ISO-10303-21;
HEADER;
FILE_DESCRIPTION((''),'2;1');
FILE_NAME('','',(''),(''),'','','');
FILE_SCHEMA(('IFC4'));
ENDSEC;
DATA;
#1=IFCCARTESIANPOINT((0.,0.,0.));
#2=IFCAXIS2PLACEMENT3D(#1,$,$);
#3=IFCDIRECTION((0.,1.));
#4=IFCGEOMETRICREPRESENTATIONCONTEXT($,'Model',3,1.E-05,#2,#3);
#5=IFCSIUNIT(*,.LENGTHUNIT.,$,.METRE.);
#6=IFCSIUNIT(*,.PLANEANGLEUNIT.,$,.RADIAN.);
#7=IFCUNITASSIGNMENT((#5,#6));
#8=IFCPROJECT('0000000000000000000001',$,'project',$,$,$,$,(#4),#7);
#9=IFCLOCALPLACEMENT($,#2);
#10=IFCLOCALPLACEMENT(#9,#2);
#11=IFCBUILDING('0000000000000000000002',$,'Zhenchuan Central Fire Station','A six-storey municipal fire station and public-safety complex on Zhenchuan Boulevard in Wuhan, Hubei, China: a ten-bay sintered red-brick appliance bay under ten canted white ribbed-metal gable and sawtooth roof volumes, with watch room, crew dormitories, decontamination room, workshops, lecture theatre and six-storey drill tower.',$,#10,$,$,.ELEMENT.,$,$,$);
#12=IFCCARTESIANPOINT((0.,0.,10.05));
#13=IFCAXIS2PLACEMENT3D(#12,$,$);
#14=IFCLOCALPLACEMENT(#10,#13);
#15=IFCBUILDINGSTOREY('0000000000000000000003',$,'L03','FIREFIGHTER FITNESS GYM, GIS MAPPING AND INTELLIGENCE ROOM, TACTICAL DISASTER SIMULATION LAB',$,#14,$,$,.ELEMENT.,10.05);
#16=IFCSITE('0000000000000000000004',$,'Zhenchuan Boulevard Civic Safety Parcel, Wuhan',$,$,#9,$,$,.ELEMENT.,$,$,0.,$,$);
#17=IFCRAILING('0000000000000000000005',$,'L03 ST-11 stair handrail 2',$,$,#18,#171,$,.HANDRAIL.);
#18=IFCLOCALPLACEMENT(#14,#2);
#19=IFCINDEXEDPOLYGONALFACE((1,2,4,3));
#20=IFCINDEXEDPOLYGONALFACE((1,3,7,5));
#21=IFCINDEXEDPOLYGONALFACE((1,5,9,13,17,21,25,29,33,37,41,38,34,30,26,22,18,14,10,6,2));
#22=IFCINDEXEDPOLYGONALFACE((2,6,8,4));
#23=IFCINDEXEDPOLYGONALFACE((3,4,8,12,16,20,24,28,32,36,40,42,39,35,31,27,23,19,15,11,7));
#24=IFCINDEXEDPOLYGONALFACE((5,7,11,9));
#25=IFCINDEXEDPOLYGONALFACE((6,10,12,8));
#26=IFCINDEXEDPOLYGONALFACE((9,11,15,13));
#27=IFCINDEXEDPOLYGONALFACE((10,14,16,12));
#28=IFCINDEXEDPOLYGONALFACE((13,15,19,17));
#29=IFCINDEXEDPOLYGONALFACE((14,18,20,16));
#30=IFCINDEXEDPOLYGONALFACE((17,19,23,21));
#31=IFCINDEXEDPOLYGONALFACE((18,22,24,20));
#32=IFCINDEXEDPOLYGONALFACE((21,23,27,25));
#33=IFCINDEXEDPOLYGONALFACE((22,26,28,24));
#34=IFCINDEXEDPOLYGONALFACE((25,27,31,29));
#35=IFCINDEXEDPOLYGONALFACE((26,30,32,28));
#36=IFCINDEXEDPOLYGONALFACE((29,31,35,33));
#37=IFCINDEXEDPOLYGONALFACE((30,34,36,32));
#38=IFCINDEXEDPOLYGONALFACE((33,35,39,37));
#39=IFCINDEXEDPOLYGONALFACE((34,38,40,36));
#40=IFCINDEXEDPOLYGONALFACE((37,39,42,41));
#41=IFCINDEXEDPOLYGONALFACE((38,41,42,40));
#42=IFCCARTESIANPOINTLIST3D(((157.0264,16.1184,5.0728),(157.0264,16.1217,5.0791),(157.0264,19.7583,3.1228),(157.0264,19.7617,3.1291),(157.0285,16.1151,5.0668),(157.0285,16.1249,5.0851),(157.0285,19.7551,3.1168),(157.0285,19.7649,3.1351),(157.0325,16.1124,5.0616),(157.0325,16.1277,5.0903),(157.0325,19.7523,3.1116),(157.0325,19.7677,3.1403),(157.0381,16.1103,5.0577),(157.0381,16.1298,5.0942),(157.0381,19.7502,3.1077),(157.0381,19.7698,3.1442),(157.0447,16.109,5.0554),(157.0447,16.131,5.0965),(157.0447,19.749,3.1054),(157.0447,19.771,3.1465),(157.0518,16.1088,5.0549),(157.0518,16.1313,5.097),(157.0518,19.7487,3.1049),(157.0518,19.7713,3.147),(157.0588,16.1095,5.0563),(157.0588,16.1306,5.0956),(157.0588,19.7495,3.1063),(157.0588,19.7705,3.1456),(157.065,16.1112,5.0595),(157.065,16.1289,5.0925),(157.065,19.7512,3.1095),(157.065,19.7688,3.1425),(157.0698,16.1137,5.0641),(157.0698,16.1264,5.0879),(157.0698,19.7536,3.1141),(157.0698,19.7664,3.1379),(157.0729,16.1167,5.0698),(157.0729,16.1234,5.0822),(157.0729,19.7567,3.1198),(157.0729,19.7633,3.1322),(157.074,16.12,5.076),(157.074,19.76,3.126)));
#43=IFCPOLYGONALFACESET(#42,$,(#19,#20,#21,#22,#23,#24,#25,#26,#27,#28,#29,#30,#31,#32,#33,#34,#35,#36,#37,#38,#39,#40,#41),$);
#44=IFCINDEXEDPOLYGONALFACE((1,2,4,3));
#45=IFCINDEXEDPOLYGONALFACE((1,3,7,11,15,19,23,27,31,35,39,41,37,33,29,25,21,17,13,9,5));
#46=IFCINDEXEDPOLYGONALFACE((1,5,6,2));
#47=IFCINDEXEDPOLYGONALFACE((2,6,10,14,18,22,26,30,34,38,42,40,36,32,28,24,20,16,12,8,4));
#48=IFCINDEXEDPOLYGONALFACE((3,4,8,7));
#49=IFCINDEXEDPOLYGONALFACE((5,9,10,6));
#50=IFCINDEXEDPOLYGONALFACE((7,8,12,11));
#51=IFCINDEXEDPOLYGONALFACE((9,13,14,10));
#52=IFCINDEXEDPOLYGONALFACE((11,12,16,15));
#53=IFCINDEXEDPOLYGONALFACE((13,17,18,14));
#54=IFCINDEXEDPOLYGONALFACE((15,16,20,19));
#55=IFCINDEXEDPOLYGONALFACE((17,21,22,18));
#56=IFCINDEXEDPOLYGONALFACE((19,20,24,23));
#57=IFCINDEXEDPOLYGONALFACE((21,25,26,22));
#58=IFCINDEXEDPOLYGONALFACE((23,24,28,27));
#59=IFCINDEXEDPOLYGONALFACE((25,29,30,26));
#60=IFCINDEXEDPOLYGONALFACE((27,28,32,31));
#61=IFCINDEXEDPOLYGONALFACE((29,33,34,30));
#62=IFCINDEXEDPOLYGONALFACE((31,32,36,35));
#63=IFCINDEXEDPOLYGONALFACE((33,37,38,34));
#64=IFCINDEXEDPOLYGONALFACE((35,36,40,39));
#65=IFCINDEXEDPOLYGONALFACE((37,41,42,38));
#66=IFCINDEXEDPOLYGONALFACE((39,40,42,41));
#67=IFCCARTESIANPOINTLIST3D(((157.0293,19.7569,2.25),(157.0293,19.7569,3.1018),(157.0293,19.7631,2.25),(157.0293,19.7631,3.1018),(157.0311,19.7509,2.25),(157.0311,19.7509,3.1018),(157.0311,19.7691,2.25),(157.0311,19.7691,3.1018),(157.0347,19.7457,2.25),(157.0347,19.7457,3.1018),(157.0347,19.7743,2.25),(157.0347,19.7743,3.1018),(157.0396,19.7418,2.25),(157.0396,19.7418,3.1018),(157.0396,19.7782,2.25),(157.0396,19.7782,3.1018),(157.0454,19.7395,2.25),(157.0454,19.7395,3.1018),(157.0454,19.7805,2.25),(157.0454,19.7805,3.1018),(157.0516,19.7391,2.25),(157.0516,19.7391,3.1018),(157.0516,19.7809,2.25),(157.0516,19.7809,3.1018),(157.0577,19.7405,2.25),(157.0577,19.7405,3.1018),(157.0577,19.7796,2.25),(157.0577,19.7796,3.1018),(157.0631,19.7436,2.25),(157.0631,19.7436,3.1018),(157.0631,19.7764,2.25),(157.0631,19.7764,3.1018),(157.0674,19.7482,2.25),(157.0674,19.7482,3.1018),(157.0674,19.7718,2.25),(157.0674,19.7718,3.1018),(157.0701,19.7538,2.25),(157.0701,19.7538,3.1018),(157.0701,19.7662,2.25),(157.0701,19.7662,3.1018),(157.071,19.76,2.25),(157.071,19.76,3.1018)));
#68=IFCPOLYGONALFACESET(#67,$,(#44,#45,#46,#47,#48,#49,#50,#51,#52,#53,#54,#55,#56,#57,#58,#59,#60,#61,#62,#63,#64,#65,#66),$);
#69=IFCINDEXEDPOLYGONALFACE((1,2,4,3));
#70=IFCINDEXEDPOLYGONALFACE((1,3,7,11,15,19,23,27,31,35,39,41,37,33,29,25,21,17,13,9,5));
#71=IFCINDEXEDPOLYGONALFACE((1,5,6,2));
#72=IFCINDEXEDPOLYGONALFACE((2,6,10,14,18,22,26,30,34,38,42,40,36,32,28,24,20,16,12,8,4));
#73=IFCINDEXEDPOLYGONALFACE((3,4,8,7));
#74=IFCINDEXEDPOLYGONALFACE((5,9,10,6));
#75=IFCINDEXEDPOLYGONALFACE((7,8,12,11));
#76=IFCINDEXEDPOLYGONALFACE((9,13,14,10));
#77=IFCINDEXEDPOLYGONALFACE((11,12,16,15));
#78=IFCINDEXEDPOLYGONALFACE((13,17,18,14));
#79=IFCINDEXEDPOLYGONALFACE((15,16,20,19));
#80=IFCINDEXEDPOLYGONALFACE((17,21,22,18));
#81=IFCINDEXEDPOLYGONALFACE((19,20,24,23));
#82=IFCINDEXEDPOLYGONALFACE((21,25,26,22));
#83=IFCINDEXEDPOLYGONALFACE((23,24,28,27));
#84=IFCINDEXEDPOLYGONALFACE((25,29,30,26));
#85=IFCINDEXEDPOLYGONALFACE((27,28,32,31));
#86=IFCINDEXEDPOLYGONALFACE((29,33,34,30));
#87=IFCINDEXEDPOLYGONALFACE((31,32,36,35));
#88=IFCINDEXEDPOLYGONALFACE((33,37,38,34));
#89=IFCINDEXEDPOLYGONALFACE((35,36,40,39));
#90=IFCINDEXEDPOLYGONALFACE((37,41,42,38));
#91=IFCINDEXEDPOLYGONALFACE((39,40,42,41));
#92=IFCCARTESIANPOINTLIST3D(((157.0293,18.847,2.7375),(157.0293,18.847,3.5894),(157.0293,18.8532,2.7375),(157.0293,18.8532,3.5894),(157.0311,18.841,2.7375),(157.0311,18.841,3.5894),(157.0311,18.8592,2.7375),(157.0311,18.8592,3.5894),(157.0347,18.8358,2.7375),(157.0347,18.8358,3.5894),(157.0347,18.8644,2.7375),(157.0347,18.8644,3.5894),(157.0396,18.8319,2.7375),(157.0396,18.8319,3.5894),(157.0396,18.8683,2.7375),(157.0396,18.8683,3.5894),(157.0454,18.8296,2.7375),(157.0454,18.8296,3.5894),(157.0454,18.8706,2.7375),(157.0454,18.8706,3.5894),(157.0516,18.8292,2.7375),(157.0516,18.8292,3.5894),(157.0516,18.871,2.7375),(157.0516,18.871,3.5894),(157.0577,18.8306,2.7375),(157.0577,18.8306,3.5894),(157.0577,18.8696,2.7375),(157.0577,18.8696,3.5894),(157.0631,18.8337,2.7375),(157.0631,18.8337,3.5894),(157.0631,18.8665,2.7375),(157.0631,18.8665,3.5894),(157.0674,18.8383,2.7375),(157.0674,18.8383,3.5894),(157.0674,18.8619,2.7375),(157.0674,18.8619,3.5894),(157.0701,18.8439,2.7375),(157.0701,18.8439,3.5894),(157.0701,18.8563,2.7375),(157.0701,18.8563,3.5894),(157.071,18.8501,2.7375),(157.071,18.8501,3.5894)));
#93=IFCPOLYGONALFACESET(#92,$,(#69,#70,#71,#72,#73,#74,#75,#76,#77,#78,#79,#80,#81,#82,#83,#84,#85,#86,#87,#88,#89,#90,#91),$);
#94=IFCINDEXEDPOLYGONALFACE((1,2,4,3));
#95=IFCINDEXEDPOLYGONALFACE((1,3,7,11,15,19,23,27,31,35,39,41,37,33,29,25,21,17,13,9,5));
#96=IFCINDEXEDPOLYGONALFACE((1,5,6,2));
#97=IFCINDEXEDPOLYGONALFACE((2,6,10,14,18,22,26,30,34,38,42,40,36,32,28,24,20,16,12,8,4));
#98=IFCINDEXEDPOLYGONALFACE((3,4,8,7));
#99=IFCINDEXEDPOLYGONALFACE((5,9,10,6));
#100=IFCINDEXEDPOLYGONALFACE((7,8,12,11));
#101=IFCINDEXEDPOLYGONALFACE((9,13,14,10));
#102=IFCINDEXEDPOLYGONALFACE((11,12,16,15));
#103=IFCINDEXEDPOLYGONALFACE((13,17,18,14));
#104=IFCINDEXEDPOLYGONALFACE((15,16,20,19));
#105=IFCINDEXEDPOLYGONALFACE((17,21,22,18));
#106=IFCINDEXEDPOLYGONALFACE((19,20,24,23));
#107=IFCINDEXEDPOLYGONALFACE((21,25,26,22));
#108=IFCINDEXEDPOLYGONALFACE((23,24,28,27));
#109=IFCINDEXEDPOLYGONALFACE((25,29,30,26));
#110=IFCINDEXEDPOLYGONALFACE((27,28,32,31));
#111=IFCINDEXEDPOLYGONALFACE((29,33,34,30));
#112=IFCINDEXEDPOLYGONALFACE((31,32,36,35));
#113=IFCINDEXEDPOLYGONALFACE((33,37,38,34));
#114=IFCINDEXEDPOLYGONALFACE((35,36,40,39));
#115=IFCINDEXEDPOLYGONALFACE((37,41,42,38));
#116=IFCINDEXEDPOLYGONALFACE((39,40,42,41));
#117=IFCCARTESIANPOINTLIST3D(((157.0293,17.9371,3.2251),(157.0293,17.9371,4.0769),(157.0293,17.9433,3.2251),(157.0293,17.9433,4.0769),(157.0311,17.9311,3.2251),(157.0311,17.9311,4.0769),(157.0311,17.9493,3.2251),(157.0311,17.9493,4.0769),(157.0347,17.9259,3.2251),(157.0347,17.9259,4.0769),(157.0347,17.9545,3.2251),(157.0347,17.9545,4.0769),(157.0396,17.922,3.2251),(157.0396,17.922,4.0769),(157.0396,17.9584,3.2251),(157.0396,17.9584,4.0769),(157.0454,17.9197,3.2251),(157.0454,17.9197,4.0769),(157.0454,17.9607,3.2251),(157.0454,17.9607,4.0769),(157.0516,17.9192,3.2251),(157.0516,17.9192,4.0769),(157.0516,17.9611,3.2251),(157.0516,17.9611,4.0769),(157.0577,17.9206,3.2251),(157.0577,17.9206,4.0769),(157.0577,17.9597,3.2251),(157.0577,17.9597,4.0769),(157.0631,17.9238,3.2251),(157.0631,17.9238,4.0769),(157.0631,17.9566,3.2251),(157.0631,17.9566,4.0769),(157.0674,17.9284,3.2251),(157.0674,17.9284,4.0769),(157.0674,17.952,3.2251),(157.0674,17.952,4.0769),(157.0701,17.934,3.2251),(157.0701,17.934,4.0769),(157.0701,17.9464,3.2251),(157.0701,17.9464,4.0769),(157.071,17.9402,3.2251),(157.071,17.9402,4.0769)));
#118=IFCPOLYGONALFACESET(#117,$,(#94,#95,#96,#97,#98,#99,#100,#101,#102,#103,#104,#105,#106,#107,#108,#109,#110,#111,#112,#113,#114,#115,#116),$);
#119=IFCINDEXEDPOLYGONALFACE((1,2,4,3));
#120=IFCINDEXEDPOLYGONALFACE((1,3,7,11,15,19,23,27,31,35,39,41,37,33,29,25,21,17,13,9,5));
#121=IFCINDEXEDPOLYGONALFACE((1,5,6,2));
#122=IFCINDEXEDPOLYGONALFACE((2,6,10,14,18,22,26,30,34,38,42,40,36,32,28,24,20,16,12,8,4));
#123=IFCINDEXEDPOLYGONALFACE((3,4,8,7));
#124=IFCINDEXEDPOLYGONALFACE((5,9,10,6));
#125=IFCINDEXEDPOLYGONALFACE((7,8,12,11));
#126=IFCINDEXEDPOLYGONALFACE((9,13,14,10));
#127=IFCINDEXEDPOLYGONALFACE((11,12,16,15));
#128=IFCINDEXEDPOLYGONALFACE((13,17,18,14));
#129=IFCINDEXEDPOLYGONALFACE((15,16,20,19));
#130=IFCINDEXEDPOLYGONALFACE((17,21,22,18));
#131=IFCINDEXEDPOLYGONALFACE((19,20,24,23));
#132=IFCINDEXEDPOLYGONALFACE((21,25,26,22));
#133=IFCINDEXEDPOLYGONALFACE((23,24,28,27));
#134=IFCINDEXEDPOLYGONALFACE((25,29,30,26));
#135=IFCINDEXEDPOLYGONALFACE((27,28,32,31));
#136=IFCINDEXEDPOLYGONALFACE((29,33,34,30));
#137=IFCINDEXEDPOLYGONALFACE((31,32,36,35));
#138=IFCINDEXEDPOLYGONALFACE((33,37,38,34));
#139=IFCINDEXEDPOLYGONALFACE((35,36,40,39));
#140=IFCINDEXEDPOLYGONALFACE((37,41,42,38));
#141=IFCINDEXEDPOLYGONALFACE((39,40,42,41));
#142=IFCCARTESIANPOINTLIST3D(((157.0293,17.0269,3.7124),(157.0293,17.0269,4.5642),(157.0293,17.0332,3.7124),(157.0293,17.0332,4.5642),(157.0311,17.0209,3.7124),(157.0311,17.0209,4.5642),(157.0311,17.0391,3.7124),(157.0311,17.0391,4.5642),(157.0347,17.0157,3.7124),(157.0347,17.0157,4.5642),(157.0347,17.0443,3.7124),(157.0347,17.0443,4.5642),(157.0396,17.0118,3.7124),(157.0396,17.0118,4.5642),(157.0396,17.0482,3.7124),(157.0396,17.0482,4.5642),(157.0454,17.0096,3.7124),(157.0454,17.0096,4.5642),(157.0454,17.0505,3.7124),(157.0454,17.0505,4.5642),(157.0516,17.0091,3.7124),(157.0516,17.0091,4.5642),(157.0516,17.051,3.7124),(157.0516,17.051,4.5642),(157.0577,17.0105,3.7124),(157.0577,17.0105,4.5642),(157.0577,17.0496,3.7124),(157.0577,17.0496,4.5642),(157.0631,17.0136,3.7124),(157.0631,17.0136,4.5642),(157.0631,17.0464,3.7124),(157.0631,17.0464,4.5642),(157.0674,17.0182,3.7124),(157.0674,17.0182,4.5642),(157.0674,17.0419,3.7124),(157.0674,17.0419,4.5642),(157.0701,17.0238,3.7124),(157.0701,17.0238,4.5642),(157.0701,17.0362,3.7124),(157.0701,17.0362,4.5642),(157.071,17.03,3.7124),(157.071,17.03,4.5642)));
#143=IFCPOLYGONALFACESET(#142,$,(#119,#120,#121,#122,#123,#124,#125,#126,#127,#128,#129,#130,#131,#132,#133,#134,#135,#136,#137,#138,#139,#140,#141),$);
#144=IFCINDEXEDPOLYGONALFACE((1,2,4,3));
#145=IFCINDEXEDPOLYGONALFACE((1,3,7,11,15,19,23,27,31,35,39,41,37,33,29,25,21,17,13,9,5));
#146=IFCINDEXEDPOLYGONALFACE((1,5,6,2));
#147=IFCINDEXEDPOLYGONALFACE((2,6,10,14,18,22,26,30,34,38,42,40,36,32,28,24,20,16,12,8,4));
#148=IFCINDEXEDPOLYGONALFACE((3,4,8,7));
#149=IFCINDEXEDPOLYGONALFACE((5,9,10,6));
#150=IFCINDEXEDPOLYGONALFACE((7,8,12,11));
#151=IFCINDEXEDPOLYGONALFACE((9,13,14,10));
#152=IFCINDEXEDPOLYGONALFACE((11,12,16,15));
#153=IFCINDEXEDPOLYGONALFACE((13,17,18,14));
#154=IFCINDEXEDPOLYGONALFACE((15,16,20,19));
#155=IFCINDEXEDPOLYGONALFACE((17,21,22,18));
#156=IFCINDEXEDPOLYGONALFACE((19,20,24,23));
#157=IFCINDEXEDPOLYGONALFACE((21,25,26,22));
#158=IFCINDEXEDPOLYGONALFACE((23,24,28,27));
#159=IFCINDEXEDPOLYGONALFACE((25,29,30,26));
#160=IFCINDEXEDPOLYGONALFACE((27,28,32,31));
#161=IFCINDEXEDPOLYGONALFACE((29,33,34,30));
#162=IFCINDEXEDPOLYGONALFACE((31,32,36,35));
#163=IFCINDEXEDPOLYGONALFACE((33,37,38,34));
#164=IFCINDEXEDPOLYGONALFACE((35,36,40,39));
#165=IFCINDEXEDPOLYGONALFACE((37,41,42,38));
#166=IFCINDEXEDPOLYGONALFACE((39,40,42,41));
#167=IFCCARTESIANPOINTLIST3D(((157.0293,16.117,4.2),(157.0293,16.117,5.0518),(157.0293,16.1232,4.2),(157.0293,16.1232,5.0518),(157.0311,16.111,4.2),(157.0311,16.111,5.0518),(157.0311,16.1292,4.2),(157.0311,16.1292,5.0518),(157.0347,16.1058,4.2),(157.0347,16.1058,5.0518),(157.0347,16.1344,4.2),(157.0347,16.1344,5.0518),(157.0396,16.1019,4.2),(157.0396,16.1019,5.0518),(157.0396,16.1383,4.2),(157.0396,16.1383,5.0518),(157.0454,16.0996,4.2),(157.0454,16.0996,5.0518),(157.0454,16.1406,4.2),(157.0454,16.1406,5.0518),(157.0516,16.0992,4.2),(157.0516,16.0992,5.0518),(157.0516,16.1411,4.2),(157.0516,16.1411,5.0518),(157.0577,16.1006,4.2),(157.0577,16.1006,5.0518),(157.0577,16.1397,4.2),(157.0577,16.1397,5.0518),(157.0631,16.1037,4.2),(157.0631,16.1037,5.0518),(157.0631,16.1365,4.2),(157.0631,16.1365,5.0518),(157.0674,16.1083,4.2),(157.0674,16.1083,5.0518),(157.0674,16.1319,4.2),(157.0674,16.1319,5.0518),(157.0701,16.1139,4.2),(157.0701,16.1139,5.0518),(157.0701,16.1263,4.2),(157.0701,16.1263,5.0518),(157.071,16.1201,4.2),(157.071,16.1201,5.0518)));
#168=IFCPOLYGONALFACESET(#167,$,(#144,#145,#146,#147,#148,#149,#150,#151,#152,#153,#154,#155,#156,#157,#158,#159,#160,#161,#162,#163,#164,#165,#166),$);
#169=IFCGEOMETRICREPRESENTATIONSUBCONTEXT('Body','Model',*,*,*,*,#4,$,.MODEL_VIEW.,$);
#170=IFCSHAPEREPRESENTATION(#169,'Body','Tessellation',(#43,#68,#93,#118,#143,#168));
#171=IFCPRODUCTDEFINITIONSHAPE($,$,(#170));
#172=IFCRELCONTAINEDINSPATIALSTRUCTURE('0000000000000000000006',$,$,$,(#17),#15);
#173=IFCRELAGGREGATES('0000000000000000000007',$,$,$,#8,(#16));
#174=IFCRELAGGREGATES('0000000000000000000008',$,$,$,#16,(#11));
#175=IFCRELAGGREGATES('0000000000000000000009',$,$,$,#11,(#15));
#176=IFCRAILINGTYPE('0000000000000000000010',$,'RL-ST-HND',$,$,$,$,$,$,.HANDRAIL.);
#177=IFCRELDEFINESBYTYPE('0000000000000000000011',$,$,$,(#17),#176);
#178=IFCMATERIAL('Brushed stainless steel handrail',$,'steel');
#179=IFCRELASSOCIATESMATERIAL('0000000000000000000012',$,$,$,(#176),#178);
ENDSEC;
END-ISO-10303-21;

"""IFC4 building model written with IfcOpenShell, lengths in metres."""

from ifc_helpers import new_model, si_unit, direction, frame, origin, origin_2d, place, context, subcontext, project, spatial, circle, extrude, material, type_object, element, save


model = new_model("IFC4")

# Units and contexts
model_context = context("Model", 3, precision=1e-05, world=origin(), true_north=direction((0.0, 1.0)))
body_context = subcontext(model_context, "Body", "Model", "MODEL_VIEW")
ifc_project = project(units=[si_unit("LENGTHUNIT", "METRE"), si_unit("PLANEANGLEUNIT", "RADIAN")], contexts=[model_context])

# Site, building, storey
site_placement = place(None, origin())
site = spatial("IfcSite", under=ifc_project, at=site_placement, Name="Zhenchuan Boulevard Civic Safety Parcel, Wuhan", CompositionType="ELEMENT", RefElevation=0.0)
building_placement = place(site_placement, origin())
building = spatial("IfcBuilding", under=site, at=building_placement, Name="Zhenchuan Central Fire Station", Description="A six-storey municipal fire station and public-safety complex on Zhenchuan Boulevard in Wuhan, Hubei, China: a ten-bay sintered red-brick appliance bay under ten canted white ribbed-metal gable and sawtooth roof volumes, with watch room, crew dormitories, decontamination room, workshops, lecture theatre and six-storey drill tower.", CompositionType="ELEMENT")
storey_placement = place(building_placement, frame((0.0, 0.0, 10.05)))
storey = spatial("IfcBuildingStorey", under=building, at=storey_placement, Name="L03", Description="FIREFIGHTER FITNESS GYM, GIS MAPPING AND INTELLIGENCE ROOM, TACTICAL DISASTER SIMULATION LAB", CompositionType="ELEMENT", Elevation=10.05)

# Railing
ifc_material_1 = material(Name="Brushed stainless steel handrail", Category="steel")
railing_type_1 = type_object("IfcRailingType", Name="RL-ST-HND", PredefinedType="HANDRAIL", material=ifc_material_1)
railing_1_placement = place(storey_placement, frame((157.05, 19.76, 2.25)))
element("IfcRailing", 1, at=railing_1_placement, inside=storey, type_object=railing_type_1, Name="L03 ST-11 stair handrail 2", PredefinedType="HANDRAIL", context=body_context, shape_type="SweptSolid", body=[
    extrude(circle(Radius=0.0239, at=origin_2d()), frame((0.0, 0.0, 0.876), z_axis=(0.0, -0.881479, 0.472223), x_axis=(1.0, 0.0, 0.0)), (0.0, 0.0, 1.0), 4.1294),
    extrude(circle(Radius=0.021, at=origin_2d()), origin(), (0.0, 0.0, 1.0), 0.8518),
    extrude(circle(Radius=0.021, at=origin_2d()), frame((0.0, -0.9099, 0.4875)), (0.0, 0.0, 1.0), 0.8518),
    extrude(circle(Radius=0.021, at=origin_2d()), frame((0.0, -1.8198, 0.9751)), (0.0, 0.0, 1.0), 0.8518),
    extrude(circle(Radius=0.021, at=origin_2d()), frame((0.0, -2.73, 1.4624)), (0.0, 0.0, 1.0), 0.8518),
    extrude(circle(Radius=0.021, at=origin_2d()), frame((0.0, -3.6399, 1.95)), (0.0, 0.0, 1.0), 0.8518),
])

save(model, "model.ifc")
